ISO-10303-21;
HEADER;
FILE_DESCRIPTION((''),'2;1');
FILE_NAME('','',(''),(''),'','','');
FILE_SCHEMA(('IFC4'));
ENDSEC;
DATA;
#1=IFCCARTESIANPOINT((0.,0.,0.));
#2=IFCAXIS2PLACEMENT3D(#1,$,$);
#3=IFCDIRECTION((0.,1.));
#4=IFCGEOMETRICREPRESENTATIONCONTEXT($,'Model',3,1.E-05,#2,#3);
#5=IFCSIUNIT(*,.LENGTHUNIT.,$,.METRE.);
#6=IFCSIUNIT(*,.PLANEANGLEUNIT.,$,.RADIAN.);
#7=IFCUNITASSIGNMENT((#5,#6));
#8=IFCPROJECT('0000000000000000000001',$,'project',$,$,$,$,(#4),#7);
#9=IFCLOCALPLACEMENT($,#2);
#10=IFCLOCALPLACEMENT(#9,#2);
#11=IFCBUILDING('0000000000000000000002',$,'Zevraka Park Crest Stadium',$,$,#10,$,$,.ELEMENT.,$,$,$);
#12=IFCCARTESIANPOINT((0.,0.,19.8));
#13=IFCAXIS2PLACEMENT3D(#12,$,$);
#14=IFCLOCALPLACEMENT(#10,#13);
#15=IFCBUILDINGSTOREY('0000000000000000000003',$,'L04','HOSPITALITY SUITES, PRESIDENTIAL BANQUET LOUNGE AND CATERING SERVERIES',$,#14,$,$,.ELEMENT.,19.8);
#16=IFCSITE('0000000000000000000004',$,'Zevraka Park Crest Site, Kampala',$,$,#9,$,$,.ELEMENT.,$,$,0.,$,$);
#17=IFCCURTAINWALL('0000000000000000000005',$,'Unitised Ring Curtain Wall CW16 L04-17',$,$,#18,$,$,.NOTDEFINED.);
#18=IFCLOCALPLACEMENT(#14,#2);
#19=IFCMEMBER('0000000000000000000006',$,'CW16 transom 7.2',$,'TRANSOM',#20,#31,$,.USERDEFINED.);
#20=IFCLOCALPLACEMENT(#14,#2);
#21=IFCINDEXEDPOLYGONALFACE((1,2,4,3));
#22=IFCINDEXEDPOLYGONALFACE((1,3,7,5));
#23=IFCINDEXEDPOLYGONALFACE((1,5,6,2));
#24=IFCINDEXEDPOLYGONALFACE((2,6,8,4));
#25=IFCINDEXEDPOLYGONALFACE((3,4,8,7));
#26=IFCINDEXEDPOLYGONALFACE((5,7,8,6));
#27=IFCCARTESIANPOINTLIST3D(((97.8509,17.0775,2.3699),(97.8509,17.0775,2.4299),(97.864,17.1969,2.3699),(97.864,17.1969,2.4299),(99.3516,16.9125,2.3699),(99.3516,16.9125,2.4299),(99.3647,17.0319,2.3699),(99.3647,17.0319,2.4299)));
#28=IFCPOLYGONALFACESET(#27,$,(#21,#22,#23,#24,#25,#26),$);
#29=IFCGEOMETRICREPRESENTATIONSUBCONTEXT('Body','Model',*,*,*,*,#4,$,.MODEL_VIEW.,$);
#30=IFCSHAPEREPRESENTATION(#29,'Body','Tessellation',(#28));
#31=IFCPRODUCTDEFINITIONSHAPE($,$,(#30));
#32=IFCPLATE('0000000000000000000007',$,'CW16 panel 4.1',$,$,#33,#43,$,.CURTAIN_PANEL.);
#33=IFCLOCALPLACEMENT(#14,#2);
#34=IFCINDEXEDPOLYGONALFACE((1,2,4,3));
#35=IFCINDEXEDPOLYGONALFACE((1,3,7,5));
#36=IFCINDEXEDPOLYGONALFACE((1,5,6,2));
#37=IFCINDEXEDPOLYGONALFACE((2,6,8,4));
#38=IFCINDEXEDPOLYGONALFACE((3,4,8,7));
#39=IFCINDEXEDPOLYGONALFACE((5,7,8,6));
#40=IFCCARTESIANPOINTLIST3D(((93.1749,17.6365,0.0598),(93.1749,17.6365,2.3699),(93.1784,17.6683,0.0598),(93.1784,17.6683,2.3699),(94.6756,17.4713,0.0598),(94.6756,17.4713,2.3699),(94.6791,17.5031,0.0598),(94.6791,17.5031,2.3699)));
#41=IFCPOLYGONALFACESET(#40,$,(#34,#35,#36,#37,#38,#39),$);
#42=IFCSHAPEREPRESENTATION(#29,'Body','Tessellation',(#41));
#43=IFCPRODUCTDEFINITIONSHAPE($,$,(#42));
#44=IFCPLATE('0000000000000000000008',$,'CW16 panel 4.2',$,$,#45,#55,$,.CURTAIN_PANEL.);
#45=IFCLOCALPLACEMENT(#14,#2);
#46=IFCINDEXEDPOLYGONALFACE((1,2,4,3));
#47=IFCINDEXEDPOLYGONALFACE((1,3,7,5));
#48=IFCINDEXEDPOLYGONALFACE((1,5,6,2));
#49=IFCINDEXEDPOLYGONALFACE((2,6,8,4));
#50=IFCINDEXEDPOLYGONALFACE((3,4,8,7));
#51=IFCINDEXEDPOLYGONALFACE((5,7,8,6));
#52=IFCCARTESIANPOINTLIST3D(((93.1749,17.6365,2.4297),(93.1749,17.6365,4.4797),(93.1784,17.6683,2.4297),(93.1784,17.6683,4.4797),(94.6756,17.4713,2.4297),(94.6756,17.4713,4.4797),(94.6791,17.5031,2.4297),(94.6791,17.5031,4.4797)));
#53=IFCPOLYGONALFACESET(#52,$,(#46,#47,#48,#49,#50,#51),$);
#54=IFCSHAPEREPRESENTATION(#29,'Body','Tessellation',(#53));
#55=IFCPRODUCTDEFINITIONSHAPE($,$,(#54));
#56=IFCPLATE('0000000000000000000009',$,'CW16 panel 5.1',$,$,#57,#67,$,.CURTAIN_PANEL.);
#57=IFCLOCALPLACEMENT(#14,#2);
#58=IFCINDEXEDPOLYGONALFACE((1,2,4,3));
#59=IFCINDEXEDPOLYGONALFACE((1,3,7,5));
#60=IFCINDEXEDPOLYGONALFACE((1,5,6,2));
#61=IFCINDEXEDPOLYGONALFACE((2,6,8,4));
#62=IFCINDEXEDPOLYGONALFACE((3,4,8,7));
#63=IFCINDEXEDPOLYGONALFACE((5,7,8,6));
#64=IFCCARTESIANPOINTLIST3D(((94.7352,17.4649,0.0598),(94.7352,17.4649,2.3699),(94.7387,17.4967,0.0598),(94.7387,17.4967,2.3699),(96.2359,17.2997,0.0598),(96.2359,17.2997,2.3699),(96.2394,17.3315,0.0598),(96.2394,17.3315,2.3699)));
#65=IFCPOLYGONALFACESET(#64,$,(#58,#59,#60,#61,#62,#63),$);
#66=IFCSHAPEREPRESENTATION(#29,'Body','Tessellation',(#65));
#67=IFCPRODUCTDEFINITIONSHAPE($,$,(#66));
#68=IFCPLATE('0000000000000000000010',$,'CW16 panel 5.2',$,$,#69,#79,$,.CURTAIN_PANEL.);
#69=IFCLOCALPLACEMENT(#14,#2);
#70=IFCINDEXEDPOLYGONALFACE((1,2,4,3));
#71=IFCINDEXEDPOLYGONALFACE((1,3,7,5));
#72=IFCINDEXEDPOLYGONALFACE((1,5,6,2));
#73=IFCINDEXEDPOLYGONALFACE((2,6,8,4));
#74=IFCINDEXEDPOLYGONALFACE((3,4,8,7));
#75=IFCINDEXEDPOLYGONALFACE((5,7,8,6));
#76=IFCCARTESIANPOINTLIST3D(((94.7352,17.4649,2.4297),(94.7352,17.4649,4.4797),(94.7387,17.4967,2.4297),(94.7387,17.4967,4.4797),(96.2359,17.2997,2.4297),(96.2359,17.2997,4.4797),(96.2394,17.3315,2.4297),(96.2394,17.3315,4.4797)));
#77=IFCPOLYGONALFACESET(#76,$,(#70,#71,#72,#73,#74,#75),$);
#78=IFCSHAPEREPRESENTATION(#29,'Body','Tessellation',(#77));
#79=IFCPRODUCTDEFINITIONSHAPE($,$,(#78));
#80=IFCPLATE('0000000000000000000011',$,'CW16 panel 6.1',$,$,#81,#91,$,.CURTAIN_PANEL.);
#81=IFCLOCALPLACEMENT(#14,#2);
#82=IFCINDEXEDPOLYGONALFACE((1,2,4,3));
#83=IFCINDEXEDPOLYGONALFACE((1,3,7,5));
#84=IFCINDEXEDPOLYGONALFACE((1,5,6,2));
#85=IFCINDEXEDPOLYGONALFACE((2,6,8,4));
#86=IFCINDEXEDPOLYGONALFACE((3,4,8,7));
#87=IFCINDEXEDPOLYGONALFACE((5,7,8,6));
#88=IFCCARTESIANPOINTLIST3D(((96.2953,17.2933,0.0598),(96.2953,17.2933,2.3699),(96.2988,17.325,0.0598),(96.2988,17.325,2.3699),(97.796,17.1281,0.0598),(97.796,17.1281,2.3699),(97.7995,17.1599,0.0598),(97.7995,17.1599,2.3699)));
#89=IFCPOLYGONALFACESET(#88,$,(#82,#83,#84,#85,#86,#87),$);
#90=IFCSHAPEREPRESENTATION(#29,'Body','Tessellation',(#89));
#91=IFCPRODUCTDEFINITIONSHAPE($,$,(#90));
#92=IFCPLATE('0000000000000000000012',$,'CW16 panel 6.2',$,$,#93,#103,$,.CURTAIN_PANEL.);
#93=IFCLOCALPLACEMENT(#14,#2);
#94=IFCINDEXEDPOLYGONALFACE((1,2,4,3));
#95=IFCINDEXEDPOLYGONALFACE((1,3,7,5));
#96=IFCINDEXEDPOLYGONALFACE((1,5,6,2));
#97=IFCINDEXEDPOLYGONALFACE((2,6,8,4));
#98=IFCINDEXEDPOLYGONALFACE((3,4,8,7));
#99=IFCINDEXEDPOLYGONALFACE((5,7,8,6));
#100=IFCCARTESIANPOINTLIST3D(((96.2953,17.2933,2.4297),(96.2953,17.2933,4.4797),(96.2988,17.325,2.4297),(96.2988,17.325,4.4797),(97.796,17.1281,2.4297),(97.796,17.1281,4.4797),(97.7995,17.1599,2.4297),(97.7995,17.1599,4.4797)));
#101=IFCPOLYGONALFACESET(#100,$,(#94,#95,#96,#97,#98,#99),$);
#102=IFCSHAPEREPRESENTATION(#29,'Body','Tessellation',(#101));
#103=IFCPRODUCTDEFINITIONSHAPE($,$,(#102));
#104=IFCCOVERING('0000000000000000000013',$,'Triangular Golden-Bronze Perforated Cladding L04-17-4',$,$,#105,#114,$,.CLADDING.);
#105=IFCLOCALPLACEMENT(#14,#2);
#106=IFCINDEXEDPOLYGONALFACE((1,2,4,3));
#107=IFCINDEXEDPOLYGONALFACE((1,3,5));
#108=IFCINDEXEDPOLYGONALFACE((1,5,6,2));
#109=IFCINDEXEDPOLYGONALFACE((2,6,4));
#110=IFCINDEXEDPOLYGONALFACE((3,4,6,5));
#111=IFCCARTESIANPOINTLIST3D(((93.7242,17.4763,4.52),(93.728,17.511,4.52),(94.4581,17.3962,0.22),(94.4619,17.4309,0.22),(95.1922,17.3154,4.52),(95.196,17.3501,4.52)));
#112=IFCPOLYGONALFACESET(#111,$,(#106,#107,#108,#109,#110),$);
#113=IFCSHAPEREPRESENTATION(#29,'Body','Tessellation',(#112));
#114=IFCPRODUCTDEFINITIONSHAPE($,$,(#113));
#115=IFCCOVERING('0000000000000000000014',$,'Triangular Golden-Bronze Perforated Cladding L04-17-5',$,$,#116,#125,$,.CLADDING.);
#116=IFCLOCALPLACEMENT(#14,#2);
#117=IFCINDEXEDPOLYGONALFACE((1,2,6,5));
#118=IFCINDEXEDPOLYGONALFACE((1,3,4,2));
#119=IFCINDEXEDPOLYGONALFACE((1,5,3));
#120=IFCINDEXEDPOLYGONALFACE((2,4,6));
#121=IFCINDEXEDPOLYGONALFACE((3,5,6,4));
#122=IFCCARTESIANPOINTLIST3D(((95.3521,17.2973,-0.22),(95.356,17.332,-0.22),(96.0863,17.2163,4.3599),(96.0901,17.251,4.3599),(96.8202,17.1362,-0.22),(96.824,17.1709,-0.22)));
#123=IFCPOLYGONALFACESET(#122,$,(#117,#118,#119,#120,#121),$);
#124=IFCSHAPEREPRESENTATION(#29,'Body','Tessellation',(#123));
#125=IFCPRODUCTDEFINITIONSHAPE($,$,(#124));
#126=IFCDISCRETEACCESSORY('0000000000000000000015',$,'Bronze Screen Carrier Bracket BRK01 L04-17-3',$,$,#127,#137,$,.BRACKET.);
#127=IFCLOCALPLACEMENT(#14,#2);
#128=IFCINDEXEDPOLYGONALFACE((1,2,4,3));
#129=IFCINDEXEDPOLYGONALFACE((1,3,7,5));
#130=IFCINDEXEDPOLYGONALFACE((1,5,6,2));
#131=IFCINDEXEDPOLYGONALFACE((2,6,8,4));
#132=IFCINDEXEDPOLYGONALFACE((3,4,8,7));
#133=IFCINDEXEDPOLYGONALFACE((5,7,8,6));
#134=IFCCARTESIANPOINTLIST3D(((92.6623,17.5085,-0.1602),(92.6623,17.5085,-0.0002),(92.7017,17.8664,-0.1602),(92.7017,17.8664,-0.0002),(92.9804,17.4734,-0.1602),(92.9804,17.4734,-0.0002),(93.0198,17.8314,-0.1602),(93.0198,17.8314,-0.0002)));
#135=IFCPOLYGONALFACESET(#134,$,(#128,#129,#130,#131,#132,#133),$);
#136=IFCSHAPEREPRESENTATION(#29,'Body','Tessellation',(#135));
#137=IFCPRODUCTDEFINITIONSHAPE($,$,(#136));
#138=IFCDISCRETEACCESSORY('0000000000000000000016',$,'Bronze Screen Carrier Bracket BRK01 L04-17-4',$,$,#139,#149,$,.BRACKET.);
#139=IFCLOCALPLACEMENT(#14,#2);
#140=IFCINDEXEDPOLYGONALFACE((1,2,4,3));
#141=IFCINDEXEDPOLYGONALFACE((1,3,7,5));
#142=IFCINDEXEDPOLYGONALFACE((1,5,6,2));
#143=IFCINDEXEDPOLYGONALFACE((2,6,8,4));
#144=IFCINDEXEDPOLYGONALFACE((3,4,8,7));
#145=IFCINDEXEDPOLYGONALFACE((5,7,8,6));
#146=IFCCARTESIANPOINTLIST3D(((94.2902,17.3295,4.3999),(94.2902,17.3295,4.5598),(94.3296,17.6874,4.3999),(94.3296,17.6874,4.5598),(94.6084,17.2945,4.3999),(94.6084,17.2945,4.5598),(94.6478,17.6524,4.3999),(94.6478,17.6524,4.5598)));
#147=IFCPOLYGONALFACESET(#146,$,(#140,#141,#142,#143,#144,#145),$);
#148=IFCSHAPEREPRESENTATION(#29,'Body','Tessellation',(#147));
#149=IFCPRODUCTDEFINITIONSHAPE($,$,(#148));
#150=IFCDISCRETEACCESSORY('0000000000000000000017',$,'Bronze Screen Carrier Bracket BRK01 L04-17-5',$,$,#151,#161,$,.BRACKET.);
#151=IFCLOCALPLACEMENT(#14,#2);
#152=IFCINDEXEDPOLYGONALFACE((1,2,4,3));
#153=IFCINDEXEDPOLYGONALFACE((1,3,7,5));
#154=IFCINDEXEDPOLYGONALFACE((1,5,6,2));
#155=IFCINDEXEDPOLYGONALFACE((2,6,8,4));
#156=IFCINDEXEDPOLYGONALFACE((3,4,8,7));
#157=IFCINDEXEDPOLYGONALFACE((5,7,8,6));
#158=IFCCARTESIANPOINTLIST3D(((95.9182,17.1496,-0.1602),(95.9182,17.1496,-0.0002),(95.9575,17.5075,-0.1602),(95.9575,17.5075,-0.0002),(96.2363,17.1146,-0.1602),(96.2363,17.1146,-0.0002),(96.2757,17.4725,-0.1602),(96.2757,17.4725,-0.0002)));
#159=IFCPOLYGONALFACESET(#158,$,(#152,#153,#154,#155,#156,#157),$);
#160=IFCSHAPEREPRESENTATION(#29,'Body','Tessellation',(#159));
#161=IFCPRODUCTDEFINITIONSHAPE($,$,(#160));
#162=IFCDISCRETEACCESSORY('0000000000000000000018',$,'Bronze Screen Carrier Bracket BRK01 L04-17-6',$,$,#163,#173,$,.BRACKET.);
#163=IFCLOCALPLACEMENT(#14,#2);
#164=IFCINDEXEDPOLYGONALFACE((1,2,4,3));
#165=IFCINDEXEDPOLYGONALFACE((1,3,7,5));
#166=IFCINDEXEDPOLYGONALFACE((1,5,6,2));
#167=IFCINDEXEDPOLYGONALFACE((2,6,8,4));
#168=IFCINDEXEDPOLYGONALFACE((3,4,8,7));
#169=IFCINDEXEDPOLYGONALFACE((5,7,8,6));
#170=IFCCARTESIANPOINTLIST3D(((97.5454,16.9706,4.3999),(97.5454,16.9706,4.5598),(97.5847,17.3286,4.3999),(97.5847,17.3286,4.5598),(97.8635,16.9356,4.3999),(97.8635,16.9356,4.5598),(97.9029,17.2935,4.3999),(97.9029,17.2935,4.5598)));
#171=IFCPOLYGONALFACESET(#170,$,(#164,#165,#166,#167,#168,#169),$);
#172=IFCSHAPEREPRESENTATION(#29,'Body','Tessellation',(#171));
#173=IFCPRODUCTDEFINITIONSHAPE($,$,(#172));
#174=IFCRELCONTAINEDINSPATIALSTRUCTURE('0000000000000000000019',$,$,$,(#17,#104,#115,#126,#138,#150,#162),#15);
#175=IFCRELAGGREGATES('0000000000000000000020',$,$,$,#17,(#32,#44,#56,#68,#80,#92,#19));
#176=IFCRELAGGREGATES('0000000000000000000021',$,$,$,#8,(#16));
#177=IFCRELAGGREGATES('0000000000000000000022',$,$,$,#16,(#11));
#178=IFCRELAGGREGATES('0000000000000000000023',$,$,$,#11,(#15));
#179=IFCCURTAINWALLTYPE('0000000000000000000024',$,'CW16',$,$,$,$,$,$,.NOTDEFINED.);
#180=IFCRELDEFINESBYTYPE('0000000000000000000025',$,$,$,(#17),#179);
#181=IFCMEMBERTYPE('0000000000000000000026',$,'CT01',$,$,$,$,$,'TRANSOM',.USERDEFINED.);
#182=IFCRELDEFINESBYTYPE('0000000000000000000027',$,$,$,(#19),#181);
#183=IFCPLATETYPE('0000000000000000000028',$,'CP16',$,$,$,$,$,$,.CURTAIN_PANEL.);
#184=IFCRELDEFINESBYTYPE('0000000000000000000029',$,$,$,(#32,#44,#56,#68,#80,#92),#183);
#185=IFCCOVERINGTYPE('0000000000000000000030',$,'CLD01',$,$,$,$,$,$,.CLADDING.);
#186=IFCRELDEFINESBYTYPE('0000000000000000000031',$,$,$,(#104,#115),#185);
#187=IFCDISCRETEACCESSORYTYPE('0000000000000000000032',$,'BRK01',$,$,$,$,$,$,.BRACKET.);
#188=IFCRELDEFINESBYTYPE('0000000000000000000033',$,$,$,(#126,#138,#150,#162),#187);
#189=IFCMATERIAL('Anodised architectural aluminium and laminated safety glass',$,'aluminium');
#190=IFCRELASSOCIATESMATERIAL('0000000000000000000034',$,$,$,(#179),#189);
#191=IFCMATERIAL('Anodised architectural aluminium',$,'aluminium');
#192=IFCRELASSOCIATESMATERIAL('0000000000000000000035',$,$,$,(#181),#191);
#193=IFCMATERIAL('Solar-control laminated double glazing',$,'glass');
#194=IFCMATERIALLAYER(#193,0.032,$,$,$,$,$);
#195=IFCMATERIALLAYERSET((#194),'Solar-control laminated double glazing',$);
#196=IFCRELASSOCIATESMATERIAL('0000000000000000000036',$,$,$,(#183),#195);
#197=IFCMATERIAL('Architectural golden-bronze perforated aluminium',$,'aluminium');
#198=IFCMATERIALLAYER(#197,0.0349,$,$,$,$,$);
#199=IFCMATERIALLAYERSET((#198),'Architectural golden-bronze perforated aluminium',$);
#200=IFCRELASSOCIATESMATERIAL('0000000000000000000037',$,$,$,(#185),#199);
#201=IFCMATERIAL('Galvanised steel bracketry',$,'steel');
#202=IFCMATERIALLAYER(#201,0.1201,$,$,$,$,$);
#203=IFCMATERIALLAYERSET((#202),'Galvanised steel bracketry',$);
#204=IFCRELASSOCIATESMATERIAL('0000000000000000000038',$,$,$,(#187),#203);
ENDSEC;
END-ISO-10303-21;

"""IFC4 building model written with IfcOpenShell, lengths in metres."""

from ifc_helpers import new_model, si_unit, direction, frame, origin, origin_2d, place, context, subcontext, project, spatial, polyline, rectangle, outline, extrude, material, layer, layer_set, material_profile, profile_set, type_object, element, aggregate, save


model = new_model("IFC4")

# Units and contexts
model_context = context("Model", 3, precision=1e-05, world=origin(), true_north=direction((0.0, 1.0)))
body_context = subcontext(model_context, "Body", "Model", "MODEL_VIEW")
ifc_project = project(units=[si_unit("LENGTHUNIT", "METRE"), si_unit("PLANEANGLEUNIT", "RADIAN")], contexts=[model_context])

# Site, building, storey
site_placement = place(None, origin())
site = spatial("IfcSite", under=ifc_project, at=site_placement, Name="Zevraka Park Crest Site, Kampala", CompositionType="ELEMENT", RefElevation=0.0)
building_placement = place(site_placement, origin())
building = spatial("IfcBuilding", under=site, at=building_placement, Name="Zevraka Park Crest Stadium", CompositionType="ELEMENT")
storey_placement = place(building_placement, frame((0.0, 0.0, 19.8)))
storey = spatial("IfcBuildingStorey", under=building, at=storey_placement, Name="L04", Description="HOSPITALITY SUITES, PRESIDENTIAL BANQUET LOUNGE AND CATERING SERVERIES", CompositionType="ELEMENT", Elevation=19.8)

# Curtain wall, member, plates
ifc_material_1 = material(Name="Anodised architectural aluminium and laminated safety glass", Category="aluminium")
curtain_wall_type = type_object("IfcCurtainWallType", Name="CW16", PredefinedType="NOTDEFINED", material=ifc_material_1)
curtain_wall_placement = place(storey_placement, origin())
curtain_wall = element("IfcCurtainWall", 1, at=curtain_wall_placement, inside=storey, type_object=curtain_wall_type, Name="Unitised Ring Curtain Wall CW16 L04-17", PredefinedType="NOTDEFINED")
ifc_material_2 = material(Name="Anodised architectural aluminium", Category="aluminium")
ifc_material_profile_1 = material_profile(ifc_material_2, rectangle(XDim=0.1201, YDim=0.0601, at=origin_2d()), Name="ALU TRANSOM 120x60")
ifc_profile_set_1 = profile_set([ifc_material_profile_1], Name="Anodised architectural aluminium")
member_type_1 = type_object("IfcMemberType", Name="CT01", ElementType="TRANSOM", PredefinedType="USERDEFINED", material=ifc_profile_set_1)
member_1_placement = place(storey_placement, frame((97.8574, 17.1372, 2.3999), z_axis=(0.994007, -0.109313, 0.0), x_axis=(0.109313, 0.994007, 0.0)))
member_1 = element("IfcMember", 2, at=member_1_placement, type_object=member_type_1, Name="CW16 transom 7.2", ObjectType="TRANSOM", PredefinedType="USERDEFINED", context=body_context, shape_type="SweptSolid", body=[
    extrude(rectangle(XDim=0.1201, YDim=0.0601, at=origin_2d()), origin(), (0.0, 0.0, 1.0), 1.5098),
])
ifc_material_3 = material(Name="Solar-control laminated double glazing", Category="glass")
ifc_layer_1 = layer(ifc_material_3, 0.032)
ifc_layer_set_1 = layer_set([ifc_layer_1], Name="Solar-control laminated double glazing")
plate_type = type_object("IfcPlateType", Name="CP16", PredefinedType="CURTAIN_PANEL", material=ifc_layer_set_1)
plate_1_placement = place(storey_placement, frame((93.927, 17.5698, 0.0598), z_axis=(0.0, 0.0, 1.0), x_axis=(0.993997, -0.109406, 0.0)))
plate_1 = element("IfcPlate", 3, at=plate_1_placement, type_object=plate_type, Name="CW16 panel 4.1", PredefinedType="CURTAIN_PANEL", context=body_context, shape_type="SweptSolid", body=[
    extrude(rectangle(XDim=1.5098, YDim=0.032, at=origin_2d()), origin(), (0.0, 0.0, 1.0), 2.3101),
])
plate_2_placement = place(storey_placement, frame((93.927, 17.5698, 2.4297), z_axis=(0.0, 0.0, 1.0), x_axis=(0.993997, -0.109406, 0.0)))
plate_2 = element("IfcPlate", 4, at=plate_2_placement, type_object=plate_type, Name="CW16 panel 4.2", PredefinedType="CURTAIN_PANEL", context=body_context, shape_type="SweptSolid", body=[
    extrude(rectangle(XDim=1.5098, YDim=0.032, at=origin_2d()), origin(), (0.0, 0.0, 1.0), 2.05),
])
plate_3_placement = place(storey_placement, frame((95.4873, 17.3982, 0.0598), z_axis=(0.0, 0.0, 1.0), x_axis=(0.993997, -0.109406, 0.0)))
plate_3 = element("IfcPlate", 5, at=plate_3_placement, type_object=plate_type, Name="CW16 panel 5.1", PredefinedType="CURTAIN_PANEL", context=body_context, shape_type="SweptSolid", body=[
    extrude(rectangle(XDim=1.5098, YDim=0.032, at=origin_2d()), origin(), (0.0, 0.0, 1.0), 2.3101),
])
plate_4_placement = place(storey_placement, frame((95.4873, 17.3982, 2.4297), z_axis=(0.0, 0.0, 1.0), x_axis=(0.993997, -0.109406, 0.0)))
plate_4 = element("IfcPlate", 6, at=plate_4_placement, type_object=plate_type, Name="CW16 panel 5.2", PredefinedType="CURTAIN_PANEL", context=body_context, shape_type="SweptSolid", body=[
    extrude(rectangle(XDim=1.5098, YDim=0.032, at=origin_2d()), origin(), (0.0, 0.0, 1.0), 2.05),
])
plate_5_placement = place(storey_placement, frame((97.0474, 17.2266, 0.0598), z_axis=(0.0, 0.0, 1.0), x_axis=(0.993997, -0.109406, 0.0)))
plate_5 = element("IfcPlate", 7, at=plate_5_placement, type_object=plate_type, Name="CW16 panel 6.1", PredefinedType="CURTAIN_PANEL", context=body_context, shape_type="SweptSolid", body=[
    extrude(rectangle(XDim=1.5098, YDim=0.032, at=origin_2d()), origin(), (0.0, 0.0, 1.0), 2.3101),
])
plate_6_placement = place(storey_placement, frame((97.0474, 17.2266, 2.4297), z_axis=(0.0, 0.0, 1.0), x_axis=(0.993997, -0.109406, 0.0)))
plate_6 = element("IfcPlate", 8, at=plate_6_placement, type_object=plate_type, Name="CW16 panel 6.2", PredefinedType="CURTAIN_PANEL", context=body_context, shape_type="SweptSolid", body=[
    extrude(rectangle(XDim=1.5098, YDim=0.032, at=origin_2d()), origin(), (0.0, 0.0, 1.0), 2.05),
])
aggregate(curtain_wall, [plate_1, plate_2, plate_3, plate_4, plate_5, plate_6, member_1])

# Coverings
ifc_material_4 = material(Name="Architectural golden-bronze perforated aluminium", Category="aluminium")
ifc_layer_2 = layer(ifc_material_4, 0.0349)
ifc_layer_set_2 = layer_set([ifc_layer_2], Name="Architectural golden-bronze perforated aluminium")
covering_type = type_object("IfcCoveringType", Name="CLD01", PredefinedType="CLADDING", material=ifc_layer_set_2)
covering_1_placement = place(storey_placement, frame((95.196, 17.3501, 4.52), z_axis=(0.108944, 0.994048, 0.000082), x_axis=(-0.994048, 0.108944, 0.0)))
element("IfcCovering", 9, at=covering_1_placement, inside=storey, type_object=covering_type, Name="Triangular Golden-Bronze Perforated Cladding L04-17-4", PredefinedType="CLADDING", context=body_context, shape_type="SweptSolid", body=[
    extrude(outline(polyline([(0.0, 0.0), (1.4768, 0.0), (0.7386, -4.3), (0.0, 0.0)])), origin(), (0.0, 0.0, -1.0), 0.0349),
])
covering_2_placement = place(storey_placement, frame((95.356, 17.332, -0.22), z_axis=(0.109107, 0.99403, 0.000103), x_axis=(0.99403, -0.109107, 0.0)))
element("IfcCovering", 10, at=covering_2_placement, inside=storey, type_object=covering_type, Name="Triangular Golden-Bronze Perforated Cladding L04-17-5", PredefinedType="CLADDING", context=body_context, shape_type="SweptSolid", body=[
    extrude(outline(polyline([(0.0, 0.0), (1.4768, 0.0), (0.7386, -4.5798), (0.0, 0.0)])), origin(), (0.0, 0.0, -1.0), 0.0349),
])

# Discrete accessories
ifc_material_5 = material(Name="Galvanised steel bracketry", Category="steel")
ifc_layer_3 = layer(ifc_material_5, 0.1201)
ifc_layer_set_3 = layer_set([ifc_layer_3], Name="Galvanised steel bracketry")
discrete_accessory_type = type_object("IfcDiscreteAccessoryType", Name="BRK01", PredefinedType="BRACKET", material=ifc_layer_set_3)
for number, where, z_axis, x_axis, name in (
    (11, (92.8411, 17.6699, -0.1602), (0.0, 0.0, 1.0), (0.993999, -0.109387, 0.0), "Bronze Screen Carrier Bracket BRK01 L04-17-3"),
    (12, (94.469, 17.491, 4.3999), (0.0, 0.0, 1.0), (0.993999, -0.109387, 0.0), "Bronze Screen Carrier Bracket BRK01 L04-17-4"),
    (13, (96.0969, 17.311, -0.1602), (0.0, 0.0, 1.0), (0.993999, -0.109387, 0.0), "Bronze Screen Carrier Bracket BRK01 L04-17-5"),
    (14, (97.7241, 17.1321, 4.3999), (0.0, 0.0, 1.0), (0.993999, -0.109387, 0.0), "Bronze Screen Carrier Bracket BRK01 L04-17-6"),
):
    element("IfcDiscreteAccessory", number, at=place(storey_placement, frame(where, z_axis=z_axis, x_axis=x_axis)), inside=storey, type_object=discrete_accessory_type, Name=name, PredefinedType="BRACKET", context=body_context, shape_type="SweptSolid", body=[
        extrude(rectangle(XDim=0.3201, YDim=0.3601, at=origin_2d()), origin(), (0.0, 0.0, 1.0), 0.1599),
    ])

save(model, "model.ifc")
